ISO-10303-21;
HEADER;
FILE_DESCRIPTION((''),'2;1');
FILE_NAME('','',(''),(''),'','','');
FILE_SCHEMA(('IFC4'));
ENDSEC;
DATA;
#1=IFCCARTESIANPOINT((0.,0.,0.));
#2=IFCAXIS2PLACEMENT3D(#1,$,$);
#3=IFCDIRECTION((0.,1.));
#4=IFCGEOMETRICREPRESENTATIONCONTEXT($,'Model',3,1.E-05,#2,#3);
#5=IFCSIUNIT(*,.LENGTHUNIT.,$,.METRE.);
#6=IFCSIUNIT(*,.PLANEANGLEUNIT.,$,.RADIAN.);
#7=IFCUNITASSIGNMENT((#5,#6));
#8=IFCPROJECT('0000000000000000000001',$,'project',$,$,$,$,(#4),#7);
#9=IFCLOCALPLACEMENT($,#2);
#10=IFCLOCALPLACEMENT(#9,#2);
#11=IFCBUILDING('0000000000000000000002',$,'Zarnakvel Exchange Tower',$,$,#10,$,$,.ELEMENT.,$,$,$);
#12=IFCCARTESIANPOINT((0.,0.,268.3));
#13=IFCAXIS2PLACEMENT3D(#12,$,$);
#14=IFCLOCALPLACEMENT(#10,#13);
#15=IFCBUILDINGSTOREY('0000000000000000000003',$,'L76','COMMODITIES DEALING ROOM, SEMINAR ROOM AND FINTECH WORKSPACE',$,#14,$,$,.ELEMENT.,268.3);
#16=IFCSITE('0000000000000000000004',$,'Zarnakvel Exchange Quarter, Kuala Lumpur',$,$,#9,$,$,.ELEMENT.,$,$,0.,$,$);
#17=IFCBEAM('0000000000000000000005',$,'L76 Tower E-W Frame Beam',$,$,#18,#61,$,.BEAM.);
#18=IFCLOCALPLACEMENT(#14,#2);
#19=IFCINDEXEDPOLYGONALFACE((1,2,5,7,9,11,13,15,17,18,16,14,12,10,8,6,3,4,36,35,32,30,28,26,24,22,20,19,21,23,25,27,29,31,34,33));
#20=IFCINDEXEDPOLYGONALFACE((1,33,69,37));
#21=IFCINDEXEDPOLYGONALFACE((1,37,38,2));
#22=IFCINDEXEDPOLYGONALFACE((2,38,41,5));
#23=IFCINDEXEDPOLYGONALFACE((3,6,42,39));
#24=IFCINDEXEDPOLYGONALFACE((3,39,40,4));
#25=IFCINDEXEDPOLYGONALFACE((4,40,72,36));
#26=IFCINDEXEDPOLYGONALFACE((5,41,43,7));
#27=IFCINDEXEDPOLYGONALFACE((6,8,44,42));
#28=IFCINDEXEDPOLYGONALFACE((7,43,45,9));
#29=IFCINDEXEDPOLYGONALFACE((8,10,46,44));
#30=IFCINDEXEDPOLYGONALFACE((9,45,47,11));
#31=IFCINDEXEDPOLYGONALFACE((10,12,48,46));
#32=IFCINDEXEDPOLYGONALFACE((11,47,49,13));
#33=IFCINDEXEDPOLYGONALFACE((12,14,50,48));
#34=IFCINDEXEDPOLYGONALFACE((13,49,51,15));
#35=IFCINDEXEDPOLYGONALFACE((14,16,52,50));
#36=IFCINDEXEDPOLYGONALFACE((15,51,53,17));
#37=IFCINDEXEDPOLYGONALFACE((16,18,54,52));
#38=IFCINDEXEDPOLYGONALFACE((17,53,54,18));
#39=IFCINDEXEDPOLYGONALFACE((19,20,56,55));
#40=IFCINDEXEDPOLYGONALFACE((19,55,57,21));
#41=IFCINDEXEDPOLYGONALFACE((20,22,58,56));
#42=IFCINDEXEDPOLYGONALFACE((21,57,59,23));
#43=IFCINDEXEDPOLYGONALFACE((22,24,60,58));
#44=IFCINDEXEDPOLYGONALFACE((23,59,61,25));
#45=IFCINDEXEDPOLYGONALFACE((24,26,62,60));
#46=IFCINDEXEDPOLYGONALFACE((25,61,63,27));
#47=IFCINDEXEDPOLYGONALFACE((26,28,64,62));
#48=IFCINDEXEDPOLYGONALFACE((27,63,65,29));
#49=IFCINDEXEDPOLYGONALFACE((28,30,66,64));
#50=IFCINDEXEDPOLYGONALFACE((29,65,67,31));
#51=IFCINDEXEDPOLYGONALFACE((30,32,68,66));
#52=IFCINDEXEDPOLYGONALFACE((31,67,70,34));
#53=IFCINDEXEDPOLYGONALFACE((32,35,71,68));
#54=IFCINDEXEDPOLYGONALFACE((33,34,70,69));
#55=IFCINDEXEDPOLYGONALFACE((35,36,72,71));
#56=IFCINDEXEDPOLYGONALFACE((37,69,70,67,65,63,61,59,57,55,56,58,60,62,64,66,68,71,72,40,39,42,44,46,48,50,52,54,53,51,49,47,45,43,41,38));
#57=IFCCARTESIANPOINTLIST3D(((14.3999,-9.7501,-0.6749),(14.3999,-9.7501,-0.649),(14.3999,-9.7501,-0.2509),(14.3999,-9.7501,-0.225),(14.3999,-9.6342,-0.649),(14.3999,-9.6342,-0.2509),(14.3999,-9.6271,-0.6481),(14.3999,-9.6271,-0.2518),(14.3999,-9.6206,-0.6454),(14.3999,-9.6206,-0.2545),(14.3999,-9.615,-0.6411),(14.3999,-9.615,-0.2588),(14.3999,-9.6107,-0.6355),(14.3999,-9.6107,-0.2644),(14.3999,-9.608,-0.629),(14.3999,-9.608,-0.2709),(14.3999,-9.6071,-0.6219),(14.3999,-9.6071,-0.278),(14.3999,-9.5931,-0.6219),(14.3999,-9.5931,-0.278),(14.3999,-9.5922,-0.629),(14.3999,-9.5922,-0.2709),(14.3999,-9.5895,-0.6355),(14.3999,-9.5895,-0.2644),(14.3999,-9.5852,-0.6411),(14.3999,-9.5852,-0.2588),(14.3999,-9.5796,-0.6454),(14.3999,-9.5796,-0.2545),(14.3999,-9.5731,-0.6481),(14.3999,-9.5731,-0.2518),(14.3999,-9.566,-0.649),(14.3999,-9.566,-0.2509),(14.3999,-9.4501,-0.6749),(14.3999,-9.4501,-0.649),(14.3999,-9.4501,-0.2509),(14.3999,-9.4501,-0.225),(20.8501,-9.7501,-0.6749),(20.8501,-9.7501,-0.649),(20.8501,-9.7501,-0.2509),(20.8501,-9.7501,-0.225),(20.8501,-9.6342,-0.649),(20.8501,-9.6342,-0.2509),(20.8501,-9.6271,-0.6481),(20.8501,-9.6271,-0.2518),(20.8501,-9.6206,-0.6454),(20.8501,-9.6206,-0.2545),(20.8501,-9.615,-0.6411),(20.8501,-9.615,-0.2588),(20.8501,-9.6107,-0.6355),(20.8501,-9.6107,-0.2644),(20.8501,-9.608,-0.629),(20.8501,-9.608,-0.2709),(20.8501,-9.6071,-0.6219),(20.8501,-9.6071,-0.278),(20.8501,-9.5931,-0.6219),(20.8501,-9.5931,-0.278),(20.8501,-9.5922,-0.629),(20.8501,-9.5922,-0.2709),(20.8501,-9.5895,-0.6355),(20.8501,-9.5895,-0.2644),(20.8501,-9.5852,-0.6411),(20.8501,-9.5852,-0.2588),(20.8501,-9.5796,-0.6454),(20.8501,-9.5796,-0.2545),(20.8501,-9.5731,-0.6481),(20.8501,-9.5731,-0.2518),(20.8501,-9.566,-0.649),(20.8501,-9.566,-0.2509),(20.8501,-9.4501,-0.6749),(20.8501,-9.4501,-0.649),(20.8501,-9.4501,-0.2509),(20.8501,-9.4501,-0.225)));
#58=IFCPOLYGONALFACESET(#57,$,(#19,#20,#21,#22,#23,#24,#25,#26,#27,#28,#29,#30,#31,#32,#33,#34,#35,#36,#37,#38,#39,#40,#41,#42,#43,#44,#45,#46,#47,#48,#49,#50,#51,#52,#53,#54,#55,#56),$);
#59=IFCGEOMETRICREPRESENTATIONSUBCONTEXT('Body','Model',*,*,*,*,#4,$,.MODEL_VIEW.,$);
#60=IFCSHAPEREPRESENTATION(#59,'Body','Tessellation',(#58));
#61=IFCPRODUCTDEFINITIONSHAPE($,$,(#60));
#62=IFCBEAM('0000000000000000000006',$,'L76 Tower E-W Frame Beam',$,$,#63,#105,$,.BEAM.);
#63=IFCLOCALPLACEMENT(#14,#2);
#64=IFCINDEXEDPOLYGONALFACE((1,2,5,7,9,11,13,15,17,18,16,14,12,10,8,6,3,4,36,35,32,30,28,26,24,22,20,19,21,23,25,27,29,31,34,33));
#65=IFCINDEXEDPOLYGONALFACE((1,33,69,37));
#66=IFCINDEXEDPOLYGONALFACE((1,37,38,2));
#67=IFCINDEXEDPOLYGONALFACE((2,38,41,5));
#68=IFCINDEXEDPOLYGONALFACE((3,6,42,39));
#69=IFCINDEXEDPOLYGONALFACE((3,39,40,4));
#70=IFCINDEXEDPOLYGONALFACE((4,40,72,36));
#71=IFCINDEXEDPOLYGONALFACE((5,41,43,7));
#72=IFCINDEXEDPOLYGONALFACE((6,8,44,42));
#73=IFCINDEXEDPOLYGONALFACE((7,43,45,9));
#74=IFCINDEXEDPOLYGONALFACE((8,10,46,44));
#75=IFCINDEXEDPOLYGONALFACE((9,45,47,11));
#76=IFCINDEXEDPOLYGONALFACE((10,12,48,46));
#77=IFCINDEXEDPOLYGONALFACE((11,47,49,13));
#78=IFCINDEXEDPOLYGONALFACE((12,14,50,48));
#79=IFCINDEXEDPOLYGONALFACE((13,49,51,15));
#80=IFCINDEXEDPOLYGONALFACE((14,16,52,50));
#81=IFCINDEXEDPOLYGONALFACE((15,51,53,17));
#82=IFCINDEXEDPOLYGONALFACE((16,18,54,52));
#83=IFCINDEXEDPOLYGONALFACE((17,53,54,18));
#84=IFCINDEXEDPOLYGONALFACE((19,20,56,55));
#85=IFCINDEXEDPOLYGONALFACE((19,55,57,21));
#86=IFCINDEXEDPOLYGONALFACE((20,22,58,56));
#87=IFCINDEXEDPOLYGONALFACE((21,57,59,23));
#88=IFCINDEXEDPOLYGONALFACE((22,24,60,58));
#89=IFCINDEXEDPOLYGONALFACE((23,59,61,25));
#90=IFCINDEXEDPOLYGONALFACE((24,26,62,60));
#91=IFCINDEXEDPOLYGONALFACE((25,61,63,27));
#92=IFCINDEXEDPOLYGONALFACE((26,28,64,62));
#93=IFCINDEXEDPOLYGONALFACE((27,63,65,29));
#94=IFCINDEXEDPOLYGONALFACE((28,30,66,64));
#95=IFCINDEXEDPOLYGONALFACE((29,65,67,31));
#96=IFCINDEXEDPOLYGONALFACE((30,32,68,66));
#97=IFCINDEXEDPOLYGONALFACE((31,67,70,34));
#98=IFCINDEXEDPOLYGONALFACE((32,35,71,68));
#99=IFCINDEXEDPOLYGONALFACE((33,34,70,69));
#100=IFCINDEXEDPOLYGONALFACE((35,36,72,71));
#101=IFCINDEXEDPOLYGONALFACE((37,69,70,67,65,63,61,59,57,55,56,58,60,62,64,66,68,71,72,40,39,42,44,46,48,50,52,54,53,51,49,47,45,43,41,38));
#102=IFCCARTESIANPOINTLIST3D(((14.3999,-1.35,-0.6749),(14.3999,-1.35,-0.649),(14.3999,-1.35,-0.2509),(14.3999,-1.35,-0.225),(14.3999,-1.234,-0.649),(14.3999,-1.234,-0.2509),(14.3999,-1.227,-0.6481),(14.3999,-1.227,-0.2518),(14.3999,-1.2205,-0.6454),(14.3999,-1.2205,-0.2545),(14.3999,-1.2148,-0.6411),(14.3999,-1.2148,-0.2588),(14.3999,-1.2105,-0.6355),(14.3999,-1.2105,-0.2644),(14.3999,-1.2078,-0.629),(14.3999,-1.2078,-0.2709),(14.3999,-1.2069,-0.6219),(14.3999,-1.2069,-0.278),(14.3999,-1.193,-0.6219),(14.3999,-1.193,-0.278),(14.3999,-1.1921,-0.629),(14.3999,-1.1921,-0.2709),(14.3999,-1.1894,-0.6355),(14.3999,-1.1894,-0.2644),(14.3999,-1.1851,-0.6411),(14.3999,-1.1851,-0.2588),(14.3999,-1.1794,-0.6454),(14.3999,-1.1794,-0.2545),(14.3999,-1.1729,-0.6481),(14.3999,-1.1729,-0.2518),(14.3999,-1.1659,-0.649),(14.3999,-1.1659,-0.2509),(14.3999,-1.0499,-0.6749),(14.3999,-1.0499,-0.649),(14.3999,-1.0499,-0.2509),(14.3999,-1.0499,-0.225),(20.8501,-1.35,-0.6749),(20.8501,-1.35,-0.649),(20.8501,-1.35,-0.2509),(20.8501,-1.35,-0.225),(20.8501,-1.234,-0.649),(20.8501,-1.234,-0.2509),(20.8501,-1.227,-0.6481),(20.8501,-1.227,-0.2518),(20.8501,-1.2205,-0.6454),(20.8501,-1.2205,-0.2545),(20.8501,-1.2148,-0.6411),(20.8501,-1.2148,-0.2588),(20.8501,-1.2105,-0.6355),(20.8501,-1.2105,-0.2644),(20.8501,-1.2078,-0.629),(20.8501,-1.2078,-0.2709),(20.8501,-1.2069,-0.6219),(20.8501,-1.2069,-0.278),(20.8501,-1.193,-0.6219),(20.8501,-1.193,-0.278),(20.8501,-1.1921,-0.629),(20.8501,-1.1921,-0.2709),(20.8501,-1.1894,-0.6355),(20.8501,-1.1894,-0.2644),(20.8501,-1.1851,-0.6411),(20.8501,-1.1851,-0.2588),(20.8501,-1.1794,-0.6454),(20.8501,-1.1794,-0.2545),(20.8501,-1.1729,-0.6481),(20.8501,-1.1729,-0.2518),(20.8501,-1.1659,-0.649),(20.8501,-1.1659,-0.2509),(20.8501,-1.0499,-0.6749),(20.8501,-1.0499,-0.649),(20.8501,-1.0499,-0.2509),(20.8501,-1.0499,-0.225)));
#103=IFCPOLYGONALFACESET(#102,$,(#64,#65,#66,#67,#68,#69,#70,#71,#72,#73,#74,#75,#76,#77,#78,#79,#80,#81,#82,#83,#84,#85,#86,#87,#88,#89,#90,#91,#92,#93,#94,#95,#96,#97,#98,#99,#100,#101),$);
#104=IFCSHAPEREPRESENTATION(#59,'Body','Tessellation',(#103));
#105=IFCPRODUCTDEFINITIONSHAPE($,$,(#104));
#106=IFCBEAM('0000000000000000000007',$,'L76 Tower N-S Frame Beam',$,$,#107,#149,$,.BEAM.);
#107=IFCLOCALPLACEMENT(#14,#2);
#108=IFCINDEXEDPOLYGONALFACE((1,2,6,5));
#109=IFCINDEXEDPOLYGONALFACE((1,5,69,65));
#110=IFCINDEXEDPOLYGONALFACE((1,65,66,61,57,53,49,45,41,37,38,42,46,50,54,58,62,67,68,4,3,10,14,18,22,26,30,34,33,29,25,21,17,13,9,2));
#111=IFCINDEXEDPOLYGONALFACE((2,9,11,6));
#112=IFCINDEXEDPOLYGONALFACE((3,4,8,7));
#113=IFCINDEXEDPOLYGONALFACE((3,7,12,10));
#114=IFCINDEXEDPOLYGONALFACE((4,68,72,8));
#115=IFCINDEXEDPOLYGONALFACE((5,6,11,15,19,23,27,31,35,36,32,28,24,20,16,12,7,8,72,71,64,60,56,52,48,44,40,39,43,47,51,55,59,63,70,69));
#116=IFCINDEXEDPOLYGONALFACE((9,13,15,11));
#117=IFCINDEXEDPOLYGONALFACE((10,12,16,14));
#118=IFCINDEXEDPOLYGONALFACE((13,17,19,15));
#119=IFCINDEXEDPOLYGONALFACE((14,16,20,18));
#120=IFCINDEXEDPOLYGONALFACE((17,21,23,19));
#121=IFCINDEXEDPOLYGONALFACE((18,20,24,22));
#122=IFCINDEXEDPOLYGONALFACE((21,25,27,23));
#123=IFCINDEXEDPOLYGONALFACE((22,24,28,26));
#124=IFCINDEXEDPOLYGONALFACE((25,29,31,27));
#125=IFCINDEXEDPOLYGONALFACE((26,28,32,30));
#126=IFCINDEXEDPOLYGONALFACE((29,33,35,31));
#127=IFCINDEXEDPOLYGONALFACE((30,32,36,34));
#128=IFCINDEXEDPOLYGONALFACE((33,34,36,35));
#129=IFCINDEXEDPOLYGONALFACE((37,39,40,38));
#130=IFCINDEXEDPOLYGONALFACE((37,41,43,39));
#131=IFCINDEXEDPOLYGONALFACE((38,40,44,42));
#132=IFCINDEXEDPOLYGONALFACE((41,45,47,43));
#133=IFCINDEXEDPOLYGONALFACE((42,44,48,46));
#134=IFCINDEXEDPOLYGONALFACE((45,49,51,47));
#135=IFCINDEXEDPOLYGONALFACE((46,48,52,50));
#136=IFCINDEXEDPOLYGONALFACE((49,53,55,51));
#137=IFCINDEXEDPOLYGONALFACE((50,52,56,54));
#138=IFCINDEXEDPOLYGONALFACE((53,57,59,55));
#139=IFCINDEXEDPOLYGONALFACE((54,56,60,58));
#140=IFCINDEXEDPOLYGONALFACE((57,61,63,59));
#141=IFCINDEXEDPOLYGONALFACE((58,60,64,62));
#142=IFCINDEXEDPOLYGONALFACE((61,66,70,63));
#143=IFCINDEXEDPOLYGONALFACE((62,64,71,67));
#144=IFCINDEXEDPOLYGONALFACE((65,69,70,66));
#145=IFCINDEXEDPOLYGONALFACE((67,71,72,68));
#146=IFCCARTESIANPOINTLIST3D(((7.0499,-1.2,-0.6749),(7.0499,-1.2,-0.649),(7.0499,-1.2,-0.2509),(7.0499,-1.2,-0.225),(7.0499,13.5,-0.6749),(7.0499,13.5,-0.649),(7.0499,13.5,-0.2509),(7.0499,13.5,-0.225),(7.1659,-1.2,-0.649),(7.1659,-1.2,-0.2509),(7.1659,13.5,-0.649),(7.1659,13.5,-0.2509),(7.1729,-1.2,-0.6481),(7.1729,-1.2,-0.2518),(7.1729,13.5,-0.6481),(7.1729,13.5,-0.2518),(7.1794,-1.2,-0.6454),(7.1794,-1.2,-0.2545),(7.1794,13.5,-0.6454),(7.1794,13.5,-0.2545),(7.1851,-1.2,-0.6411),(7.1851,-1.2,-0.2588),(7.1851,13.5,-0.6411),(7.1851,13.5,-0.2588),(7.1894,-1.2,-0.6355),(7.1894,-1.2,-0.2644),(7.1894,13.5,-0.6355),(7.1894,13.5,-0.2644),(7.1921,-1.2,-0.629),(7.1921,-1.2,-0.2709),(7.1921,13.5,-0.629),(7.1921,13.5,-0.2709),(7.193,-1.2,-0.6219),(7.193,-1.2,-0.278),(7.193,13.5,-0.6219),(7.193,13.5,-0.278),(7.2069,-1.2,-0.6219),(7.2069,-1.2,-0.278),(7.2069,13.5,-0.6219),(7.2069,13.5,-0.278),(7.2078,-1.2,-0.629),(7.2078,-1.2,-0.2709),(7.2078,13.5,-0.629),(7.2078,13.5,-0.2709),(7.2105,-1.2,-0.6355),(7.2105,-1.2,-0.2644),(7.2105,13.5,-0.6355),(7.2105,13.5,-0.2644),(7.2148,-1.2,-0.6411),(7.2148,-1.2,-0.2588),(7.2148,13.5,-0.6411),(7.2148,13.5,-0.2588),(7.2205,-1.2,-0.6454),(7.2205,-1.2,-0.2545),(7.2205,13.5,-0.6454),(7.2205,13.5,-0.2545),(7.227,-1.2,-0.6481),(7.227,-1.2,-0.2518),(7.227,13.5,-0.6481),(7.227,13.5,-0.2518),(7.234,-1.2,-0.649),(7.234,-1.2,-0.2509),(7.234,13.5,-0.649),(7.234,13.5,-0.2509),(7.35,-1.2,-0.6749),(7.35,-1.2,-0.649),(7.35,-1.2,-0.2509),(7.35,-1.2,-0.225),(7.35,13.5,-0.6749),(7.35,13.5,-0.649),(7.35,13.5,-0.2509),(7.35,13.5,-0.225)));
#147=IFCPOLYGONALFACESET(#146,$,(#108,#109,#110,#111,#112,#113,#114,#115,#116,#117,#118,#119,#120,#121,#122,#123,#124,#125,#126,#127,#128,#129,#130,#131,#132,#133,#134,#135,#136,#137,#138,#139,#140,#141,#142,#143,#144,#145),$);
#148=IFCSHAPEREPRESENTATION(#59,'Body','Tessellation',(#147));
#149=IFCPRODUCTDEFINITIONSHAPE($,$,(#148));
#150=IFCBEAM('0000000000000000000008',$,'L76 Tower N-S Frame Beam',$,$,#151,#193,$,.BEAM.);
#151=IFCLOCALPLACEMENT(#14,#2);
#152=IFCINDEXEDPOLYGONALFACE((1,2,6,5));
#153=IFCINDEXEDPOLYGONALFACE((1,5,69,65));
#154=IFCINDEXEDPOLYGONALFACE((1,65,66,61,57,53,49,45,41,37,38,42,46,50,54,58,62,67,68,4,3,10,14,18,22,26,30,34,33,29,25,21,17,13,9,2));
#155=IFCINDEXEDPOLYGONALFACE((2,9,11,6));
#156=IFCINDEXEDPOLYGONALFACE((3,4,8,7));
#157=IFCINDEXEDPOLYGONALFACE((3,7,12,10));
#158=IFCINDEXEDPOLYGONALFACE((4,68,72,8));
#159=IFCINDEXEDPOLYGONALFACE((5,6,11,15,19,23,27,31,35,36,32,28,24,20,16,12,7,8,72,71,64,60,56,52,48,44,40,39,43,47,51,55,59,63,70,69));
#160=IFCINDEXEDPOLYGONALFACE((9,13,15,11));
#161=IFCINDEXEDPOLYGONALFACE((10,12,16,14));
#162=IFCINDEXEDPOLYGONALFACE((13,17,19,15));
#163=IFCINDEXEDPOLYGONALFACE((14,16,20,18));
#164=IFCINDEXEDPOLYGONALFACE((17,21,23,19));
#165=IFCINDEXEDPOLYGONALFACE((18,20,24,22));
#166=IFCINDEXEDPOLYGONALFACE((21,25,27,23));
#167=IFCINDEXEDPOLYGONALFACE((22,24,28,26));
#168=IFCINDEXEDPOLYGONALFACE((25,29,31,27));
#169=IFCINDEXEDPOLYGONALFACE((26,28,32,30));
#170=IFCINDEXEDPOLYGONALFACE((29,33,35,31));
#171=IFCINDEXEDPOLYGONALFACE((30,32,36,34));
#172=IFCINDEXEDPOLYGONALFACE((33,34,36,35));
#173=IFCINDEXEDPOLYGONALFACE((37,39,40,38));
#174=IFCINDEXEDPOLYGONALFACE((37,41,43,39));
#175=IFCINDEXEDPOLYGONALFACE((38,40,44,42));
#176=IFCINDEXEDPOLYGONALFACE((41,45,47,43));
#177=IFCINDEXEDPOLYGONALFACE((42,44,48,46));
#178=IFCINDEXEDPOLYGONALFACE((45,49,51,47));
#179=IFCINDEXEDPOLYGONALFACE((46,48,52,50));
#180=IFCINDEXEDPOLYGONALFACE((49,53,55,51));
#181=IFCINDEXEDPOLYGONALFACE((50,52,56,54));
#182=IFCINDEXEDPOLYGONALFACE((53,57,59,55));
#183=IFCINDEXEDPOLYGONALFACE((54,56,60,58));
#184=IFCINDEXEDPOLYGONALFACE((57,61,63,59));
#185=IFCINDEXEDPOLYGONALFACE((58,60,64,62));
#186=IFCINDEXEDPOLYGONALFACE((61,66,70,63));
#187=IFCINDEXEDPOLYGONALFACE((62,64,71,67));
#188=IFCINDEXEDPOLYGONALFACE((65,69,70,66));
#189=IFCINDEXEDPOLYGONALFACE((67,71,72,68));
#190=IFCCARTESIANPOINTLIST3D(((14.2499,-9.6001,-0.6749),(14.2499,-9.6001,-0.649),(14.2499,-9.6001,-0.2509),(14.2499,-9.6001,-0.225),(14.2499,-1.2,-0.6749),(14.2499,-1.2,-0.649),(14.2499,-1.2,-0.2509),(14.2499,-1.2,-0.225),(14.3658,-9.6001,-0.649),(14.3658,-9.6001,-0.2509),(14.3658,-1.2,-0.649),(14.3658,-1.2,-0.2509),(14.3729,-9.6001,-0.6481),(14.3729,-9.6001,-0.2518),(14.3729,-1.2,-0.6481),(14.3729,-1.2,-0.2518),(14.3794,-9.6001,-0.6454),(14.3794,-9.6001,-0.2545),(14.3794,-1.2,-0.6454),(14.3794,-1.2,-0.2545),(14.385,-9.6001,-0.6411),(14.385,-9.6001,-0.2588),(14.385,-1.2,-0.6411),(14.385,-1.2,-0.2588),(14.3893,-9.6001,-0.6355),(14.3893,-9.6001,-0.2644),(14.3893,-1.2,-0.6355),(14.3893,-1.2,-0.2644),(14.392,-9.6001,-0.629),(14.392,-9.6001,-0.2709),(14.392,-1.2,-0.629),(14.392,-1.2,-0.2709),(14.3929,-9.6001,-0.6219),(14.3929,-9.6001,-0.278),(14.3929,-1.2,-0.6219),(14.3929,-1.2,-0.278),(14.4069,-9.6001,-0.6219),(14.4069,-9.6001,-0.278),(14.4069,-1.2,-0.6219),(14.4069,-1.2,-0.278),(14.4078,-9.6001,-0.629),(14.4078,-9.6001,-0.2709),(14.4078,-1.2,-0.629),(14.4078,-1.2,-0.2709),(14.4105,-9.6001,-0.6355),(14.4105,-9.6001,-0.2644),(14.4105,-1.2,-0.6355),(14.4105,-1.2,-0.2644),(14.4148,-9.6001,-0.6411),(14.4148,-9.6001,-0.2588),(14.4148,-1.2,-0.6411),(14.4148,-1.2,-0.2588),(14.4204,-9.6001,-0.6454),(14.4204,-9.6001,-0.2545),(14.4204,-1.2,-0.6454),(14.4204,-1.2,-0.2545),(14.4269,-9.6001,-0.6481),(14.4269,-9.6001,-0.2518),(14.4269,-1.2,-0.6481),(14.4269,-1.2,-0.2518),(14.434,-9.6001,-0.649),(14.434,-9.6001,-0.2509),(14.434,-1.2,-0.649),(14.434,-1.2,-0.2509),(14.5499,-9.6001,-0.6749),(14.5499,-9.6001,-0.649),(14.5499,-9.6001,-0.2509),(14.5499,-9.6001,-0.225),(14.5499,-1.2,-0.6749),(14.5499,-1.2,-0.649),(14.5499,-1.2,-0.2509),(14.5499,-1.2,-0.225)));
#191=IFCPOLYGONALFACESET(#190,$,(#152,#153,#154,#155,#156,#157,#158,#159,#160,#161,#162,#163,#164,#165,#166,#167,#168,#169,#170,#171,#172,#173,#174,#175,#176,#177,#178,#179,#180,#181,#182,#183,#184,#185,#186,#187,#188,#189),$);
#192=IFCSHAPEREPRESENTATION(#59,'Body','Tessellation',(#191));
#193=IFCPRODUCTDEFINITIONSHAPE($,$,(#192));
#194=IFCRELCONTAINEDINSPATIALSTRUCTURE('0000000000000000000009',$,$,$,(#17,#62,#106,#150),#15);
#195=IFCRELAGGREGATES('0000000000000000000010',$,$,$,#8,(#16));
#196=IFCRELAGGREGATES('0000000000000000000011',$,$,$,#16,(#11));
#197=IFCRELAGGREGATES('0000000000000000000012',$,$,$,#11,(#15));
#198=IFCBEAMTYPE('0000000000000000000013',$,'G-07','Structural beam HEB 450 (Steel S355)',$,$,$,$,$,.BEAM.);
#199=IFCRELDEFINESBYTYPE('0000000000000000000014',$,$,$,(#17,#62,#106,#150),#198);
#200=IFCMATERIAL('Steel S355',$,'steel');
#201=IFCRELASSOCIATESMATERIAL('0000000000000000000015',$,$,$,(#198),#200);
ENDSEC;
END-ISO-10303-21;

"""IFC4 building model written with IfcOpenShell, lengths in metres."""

from ifc_helpers import new_model, si_unit, direction, frame, origin, origin_2d, place, context, subcontext, project, spatial, i_section, extrude, material, material_profile, profile_set, type_object, element, save


model = new_model("IFC4")

# Units and contexts
model_context = context("Model", 3, precision=1e-05, world=origin(), true_north=direction((0.0, 1.0)))
body_context = subcontext(model_context, "Body", "Model", "MODEL_VIEW")
ifc_project = project(units=[si_unit("LENGTHUNIT", "METRE"), si_unit("PLANEANGLEUNIT", "RADIAN")], contexts=[model_context])

# Site, building, storey
site_placement = place(None, origin())
site = spatial("IfcSite", under=ifc_project, at=site_placement, Name="Zarnakvel Exchange Quarter, Kuala Lumpur", CompositionType="ELEMENT", RefElevation=0.0)
building_placement = place(site_placement, origin())
building = spatial("IfcBuilding", under=site, at=building_placement, Name="Zarnakvel Exchange Tower", CompositionType="ELEMENT")
storey_placement = place(building_placement, frame((0.0, 0.0, 268.3)))
storey = spatial("IfcBuildingStorey", under=building, at=storey_placement, Name="L76", Description="COMMODITIES DEALING ROOM, SEMINAR ROOM AND FINTECH WORKSPACE", CompositionType="ELEMENT", Elevation=268.3)

# Shared definitions
ifc_material_1 = material(Name="Steel S355", Category="steel")

# Beams
ifc_material_profile_1 = material_profile(ifc_material_1, i_section(OverallWidth=0.3, OverallDepth=0.45, WebThickness=0.0139, FlangeThickness=0.0259, FilletRadius=0.0271, at=origin_2d()))
ifc_profile_set_1 = profile_set([ifc_material_profile_1], Name="Steel S355")
beam_type_1 = type_object("IfcBeamType", Name="G-07", Description="Structural beam HEB 450 (Steel S355)", PredefinedType="BEAM", material=ifc_profile_set_1)
for number, where, z_axis, x_axis, name in (
    (1, (14.3999, -9.6001, -0.45), (1.0, 0.0, 0.0), (0.0, 1.0, 0.0), "L76 Tower E-W Frame Beam"),
    (2, (14.3999, -1.2, -0.45), (1.0, 0.0, 0.0), (0.0, 1.0, 0.0), "L76 Tower E-W Frame Beam"),
):
    element("IfcBeam", number, at=place(storey_placement, frame(where, z_axis=z_axis, x_axis=x_axis)), inside=storey, type_object=beam_type_1, Name=name, PredefinedType="BEAM", context=body_context, shape_type="SweptSolid", body=[
        extrude(i_section(OverallWidth=0.3, OverallDepth=0.45, WebThickness=0.0139, FlangeThickness=0.0259, FilletRadius=0.0271, at=origin_2d()), origin(), (0.0, 0.0, 1.0), 6.4502),
    ])
beam_1_placement = place(storey_placement, frame((7.2, -1.2, -0.45), z_axis=(0.0, 1.0, 0.0), x_axis=(-1.0, 0.0, 0.0)))
element("IfcBeam", 3, at=beam_1_placement, inside=storey, type_object=beam_type_1, Name="L76 Tower N-S Frame Beam", PredefinedType="BEAM", context=body_context, shape_type="SweptSolid", body=[
    extrude(i_section(OverallWidth=0.3, OverallDepth=0.45, WebThickness=0.0139, FlangeThickness=0.0259, FilletRadius=0.0271, at=origin_2d()), origin(), (0.0, 0.0, 1.0), 14.7),
])
beam_2_placement = place(storey_placement, frame((14.3999, -9.6001, -0.45), z_axis=(0.0, 1.0, 0.0), x_axis=(-1.0, 0.0, 0.0)))
element("IfcBeam", 4, at=beam_2_placement, inside=storey, type_object=beam_type_1, Name="L76 Tower N-S Frame Beam", PredefinedType="BEAM", context=body_context, shape_type="SweptSolid", body=[
    extrude(i_section(OverallWidth=0.3, OverallDepth=0.45, WebThickness=0.0139, FlangeThickness=0.0259, FilletRadius=0.0271, at=origin_2d()), origin(), (0.0, 0.0, 1.0), 8.4001),
])

save(model, "model.ifc")
